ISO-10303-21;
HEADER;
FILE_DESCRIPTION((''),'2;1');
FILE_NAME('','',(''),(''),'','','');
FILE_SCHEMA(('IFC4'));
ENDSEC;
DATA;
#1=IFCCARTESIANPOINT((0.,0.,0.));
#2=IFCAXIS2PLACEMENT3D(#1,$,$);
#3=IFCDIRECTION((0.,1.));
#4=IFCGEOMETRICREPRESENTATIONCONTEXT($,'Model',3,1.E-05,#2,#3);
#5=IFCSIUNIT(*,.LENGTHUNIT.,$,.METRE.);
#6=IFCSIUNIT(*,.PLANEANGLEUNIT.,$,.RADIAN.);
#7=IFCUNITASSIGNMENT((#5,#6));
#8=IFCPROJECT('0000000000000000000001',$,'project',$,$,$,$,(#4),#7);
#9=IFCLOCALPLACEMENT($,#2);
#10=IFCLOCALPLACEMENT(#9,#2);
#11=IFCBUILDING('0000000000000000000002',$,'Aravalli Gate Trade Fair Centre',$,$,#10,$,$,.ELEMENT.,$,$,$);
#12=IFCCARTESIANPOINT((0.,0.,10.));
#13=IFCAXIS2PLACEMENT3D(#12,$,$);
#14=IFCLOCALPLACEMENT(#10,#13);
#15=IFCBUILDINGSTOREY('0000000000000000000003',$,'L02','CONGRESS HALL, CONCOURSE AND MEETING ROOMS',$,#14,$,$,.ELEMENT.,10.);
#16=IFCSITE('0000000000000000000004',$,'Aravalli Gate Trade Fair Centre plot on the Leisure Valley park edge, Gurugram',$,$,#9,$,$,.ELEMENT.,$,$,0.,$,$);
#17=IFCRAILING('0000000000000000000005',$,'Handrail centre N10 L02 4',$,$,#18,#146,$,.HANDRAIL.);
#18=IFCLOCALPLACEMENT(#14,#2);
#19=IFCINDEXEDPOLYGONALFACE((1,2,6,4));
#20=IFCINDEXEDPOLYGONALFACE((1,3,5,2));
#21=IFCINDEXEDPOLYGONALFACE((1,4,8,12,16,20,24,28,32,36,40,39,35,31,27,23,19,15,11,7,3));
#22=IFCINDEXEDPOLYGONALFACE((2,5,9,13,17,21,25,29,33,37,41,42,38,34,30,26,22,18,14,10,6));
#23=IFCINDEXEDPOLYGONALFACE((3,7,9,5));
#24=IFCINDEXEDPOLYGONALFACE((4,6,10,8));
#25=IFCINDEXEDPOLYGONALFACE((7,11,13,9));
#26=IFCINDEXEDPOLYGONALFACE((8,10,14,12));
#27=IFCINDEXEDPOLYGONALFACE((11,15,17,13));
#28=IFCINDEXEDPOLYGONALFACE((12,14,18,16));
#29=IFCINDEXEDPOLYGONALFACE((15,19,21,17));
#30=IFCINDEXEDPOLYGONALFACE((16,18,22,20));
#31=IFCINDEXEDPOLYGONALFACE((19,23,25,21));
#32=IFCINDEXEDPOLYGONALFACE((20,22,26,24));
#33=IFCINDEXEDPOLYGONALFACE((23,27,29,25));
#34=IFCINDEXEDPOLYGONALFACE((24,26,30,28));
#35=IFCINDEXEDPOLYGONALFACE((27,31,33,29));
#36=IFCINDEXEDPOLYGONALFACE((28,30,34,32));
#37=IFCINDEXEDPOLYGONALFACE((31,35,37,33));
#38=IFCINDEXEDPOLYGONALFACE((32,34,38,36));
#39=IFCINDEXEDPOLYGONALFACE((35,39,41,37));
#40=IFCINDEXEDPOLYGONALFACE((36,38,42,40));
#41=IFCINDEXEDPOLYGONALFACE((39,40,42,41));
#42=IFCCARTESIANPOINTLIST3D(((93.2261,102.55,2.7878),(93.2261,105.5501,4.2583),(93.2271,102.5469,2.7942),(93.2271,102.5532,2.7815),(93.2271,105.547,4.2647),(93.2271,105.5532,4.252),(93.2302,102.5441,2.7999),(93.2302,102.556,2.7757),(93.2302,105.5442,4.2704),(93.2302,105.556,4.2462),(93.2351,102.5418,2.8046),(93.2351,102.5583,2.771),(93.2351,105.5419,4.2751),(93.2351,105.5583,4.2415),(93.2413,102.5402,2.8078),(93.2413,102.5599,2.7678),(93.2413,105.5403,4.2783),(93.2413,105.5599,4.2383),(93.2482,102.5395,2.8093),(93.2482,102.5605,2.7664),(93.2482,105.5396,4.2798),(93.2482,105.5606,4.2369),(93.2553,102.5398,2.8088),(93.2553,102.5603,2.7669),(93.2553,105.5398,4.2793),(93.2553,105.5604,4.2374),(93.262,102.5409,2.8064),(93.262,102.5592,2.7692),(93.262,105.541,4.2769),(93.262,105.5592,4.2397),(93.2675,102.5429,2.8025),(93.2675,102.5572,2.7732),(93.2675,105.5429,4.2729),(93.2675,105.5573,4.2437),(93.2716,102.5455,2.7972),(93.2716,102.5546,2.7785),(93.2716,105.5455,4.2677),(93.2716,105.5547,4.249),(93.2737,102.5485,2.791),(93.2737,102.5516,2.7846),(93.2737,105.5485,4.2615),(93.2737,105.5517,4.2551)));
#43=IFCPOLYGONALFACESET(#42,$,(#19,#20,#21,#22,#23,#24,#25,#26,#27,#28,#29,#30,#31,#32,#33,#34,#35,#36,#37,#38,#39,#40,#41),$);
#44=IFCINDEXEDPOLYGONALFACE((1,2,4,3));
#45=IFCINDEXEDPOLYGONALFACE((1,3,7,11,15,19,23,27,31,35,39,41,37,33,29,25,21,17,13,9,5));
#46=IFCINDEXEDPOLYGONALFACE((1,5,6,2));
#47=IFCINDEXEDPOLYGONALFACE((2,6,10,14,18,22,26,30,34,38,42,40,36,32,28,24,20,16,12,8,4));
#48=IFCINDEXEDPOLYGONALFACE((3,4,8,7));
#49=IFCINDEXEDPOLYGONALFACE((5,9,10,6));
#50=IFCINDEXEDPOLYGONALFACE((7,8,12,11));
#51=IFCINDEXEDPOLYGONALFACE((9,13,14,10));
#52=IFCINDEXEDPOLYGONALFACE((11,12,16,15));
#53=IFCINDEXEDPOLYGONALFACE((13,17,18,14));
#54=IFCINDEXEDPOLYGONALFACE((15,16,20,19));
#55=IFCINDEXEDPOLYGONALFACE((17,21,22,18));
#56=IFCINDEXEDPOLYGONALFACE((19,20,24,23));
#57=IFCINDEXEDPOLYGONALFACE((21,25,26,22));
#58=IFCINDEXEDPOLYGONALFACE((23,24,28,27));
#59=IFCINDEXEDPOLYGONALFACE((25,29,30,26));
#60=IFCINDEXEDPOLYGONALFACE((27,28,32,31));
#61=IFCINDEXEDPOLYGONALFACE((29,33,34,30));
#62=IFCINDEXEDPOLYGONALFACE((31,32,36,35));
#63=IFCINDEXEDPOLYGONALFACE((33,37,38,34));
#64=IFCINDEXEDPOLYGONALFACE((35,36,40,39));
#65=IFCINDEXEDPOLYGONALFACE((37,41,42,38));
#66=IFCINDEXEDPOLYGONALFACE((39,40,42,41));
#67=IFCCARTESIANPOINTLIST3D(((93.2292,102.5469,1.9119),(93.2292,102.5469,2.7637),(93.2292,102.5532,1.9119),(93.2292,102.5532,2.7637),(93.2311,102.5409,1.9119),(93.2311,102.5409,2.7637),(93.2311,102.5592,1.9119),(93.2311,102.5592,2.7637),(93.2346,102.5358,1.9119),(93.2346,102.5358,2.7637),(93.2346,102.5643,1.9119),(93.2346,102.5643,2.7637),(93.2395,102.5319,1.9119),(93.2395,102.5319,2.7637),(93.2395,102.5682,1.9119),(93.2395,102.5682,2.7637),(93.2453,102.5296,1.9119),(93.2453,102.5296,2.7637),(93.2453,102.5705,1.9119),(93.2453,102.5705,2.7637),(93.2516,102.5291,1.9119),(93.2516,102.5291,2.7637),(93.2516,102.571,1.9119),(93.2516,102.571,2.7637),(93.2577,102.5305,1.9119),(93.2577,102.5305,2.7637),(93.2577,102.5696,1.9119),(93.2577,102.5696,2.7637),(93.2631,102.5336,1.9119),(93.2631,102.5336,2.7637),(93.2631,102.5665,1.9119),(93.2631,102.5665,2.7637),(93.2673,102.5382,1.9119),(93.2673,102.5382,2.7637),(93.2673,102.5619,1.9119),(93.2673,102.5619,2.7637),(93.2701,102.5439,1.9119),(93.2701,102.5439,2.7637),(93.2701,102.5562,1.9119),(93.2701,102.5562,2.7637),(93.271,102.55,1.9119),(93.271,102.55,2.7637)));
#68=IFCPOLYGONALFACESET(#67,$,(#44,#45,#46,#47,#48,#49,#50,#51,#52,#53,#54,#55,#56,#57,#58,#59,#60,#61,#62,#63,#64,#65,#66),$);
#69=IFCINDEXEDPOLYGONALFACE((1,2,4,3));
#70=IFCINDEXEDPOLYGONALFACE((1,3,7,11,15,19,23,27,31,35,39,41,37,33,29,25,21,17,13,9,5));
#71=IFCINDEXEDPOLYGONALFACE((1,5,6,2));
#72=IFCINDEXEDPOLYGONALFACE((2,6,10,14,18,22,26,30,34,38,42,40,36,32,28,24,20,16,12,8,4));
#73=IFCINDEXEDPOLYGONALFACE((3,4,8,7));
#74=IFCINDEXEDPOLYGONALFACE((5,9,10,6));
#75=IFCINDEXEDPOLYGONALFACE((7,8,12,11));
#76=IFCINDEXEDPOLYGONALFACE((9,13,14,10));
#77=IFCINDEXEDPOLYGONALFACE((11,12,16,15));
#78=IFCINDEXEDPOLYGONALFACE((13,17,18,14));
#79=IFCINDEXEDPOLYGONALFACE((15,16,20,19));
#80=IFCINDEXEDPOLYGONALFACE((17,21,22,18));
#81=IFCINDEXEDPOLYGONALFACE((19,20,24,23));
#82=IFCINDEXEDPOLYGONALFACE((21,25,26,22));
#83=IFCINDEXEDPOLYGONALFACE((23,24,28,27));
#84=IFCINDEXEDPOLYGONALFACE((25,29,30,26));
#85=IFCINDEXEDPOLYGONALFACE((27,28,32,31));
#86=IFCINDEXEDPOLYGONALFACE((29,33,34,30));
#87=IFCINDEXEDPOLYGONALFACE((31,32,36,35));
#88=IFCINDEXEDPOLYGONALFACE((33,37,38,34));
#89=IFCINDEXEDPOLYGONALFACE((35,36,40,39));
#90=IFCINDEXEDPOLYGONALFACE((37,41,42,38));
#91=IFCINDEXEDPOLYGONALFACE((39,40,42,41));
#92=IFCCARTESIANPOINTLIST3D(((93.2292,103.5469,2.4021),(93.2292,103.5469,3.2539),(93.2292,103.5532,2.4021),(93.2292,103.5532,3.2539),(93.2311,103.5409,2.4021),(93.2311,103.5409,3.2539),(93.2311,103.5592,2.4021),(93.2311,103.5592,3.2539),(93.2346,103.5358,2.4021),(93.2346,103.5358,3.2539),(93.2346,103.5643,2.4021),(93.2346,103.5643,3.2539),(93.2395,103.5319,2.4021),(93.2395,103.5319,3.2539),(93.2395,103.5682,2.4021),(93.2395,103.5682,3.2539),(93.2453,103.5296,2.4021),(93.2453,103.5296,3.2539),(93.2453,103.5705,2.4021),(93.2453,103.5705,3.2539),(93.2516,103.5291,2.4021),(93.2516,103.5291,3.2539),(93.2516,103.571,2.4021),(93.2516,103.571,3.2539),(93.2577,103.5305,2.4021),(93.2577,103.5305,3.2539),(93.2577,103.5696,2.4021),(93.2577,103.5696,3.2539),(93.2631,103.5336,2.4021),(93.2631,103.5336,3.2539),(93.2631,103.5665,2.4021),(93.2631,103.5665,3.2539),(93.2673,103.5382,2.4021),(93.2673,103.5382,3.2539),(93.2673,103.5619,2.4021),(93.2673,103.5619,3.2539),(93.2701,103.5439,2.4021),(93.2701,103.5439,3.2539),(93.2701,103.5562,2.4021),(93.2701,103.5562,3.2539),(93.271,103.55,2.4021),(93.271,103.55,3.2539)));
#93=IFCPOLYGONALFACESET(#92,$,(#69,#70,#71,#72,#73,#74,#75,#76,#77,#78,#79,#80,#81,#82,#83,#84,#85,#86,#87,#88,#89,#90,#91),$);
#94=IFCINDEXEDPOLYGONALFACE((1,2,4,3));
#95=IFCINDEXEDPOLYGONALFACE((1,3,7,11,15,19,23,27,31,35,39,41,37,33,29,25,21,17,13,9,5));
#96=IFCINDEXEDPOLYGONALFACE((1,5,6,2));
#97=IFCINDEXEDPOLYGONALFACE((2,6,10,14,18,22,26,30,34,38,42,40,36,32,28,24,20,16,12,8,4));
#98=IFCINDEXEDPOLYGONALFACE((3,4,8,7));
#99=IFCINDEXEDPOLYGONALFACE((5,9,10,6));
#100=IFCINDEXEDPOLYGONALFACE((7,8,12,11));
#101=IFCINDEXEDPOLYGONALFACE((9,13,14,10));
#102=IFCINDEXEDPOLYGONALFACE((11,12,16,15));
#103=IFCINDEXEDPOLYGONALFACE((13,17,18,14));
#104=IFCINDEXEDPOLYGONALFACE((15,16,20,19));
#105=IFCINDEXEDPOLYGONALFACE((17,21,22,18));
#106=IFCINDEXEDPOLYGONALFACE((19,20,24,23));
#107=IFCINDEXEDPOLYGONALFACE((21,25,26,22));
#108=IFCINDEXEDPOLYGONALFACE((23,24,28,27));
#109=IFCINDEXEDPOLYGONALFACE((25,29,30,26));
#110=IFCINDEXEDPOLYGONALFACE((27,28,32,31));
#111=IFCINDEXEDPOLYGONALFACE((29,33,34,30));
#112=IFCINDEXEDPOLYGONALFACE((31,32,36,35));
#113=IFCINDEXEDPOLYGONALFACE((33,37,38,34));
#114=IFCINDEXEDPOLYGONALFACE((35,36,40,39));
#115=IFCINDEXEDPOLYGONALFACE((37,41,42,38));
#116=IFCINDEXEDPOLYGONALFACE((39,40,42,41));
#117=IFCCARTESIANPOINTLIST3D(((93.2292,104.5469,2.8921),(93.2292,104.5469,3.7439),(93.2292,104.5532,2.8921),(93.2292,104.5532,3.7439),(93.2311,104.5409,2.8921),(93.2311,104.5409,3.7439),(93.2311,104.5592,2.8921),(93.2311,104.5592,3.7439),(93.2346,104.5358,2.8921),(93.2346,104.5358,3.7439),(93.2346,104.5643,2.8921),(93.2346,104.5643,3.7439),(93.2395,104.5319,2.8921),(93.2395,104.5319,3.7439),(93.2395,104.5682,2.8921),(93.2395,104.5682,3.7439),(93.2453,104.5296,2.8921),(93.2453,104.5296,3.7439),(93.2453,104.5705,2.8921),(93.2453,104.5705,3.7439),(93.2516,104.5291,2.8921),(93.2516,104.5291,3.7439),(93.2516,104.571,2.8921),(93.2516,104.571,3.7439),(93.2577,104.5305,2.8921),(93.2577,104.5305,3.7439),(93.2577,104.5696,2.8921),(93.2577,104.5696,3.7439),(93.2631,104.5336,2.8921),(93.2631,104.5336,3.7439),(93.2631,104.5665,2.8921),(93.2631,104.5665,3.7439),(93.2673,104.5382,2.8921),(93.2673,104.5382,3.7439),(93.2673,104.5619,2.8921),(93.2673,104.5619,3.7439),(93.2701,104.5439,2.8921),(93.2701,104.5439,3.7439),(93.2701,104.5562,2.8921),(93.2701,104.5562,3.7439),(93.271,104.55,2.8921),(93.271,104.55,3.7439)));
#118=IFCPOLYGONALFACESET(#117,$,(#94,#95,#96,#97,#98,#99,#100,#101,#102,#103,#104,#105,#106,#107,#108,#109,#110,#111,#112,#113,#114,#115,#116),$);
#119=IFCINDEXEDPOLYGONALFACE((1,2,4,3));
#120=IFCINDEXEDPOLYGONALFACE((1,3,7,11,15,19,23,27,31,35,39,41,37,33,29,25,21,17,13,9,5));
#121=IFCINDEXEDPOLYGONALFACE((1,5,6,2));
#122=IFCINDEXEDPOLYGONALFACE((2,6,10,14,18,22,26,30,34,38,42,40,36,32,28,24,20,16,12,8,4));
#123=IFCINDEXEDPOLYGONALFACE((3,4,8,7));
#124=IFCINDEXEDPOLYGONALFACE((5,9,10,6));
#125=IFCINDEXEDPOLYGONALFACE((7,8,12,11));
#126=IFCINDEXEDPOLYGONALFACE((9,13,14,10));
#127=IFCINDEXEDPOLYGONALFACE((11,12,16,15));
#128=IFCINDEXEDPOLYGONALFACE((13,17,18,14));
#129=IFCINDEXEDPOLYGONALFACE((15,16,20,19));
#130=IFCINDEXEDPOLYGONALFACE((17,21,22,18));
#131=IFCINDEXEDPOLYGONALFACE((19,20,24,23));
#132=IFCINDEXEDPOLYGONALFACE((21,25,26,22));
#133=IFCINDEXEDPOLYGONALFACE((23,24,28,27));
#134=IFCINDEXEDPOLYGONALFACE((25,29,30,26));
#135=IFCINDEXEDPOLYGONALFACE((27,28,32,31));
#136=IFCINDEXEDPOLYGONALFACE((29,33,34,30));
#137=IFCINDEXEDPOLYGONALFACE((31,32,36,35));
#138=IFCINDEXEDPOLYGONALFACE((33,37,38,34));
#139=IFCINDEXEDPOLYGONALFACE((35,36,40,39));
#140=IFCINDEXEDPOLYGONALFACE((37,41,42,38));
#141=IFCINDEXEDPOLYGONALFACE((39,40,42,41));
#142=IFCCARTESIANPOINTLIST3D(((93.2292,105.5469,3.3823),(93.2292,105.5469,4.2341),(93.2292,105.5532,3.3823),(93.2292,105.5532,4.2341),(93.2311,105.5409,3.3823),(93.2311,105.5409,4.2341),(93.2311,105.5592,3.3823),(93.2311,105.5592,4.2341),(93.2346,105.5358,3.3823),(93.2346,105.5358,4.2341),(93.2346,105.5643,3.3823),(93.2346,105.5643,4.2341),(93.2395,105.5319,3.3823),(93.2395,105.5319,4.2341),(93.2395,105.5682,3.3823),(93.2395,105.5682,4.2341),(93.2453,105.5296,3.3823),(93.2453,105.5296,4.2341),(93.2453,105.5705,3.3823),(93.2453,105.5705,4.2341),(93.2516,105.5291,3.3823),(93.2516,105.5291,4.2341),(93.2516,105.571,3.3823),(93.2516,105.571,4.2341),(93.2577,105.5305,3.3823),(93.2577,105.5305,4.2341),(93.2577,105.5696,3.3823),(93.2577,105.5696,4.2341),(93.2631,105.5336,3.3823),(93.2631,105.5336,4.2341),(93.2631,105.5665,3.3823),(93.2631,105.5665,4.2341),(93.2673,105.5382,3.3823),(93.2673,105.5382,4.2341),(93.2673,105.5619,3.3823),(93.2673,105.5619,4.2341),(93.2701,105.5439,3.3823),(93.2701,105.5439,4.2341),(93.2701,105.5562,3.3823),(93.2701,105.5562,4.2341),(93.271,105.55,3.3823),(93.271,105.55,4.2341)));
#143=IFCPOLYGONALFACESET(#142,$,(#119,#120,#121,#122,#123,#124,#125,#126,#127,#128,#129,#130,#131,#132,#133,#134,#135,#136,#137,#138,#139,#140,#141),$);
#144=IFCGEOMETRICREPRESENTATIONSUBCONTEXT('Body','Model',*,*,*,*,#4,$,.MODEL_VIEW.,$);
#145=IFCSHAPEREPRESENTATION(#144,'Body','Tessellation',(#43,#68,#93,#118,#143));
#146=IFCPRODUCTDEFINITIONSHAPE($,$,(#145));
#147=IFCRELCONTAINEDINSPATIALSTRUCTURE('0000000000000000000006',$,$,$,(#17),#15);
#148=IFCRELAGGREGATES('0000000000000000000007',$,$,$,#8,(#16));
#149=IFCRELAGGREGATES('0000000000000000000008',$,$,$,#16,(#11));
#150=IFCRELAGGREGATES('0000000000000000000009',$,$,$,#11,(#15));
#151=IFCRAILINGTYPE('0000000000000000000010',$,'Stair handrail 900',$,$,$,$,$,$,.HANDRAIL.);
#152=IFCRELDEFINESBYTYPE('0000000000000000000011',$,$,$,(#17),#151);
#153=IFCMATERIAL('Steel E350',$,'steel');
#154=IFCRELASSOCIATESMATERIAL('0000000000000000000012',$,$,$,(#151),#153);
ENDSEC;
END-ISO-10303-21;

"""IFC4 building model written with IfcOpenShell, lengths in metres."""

from ifc_helpers import new_model, si_unit, direction, frame, origin, origin_2d, place, context, subcontext, project, spatial, circle, extrude, material, type_object, element, save


model = new_model("IFC4")

# Units and contexts
model_context = context("Model", 3, precision=1e-05, world=origin(), true_north=direction((0.0, 1.0)))
body_context = subcontext(model_context, "Body", "Model", "MODEL_VIEW")
ifc_project = project(units=[si_unit("LENGTHUNIT", "METRE"), si_unit("PLANEANGLEUNIT", "RADIAN")], contexts=[model_context])

# Site, building, storey
site_placement = place(None, origin())
site = spatial("IfcSite", under=ifc_project, at=site_placement, Name="Aravalli Gate Trade Fair Centre plot on the Leisure Valley park edge, Gurugram", CompositionType="ELEMENT", RefElevation=0.0)
building_placement = place(site_placement, origin())
building = spatial("IfcBuilding", under=site, at=building_placement, Name="Aravalli Gate Trade Fair Centre", CompositionType="ELEMENT")
storey_placement = place(building_placement, frame((0.0, 0.0, 10.0)))
storey = spatial("IfcBuildingStorey", under=building, at=storey_placement, Name="L02", Description="CONGRESS HALL, CONCOURSE AND MEETING ROOMS", CompositionType="ELEMENT", Elevation=10.0)

# Shared definitions
ifc_material_1 = material(Name="Steel E350", Category="steel")

# Railing
railing_type_1 = type_object("IfcRailingType", Name="Stair handrail 900", PredefinedType="HANDRAIL", material=ifc_material_1)
for number, where, name in (
    (1, (93.25, 102.55, 1.9119), "Handrail centre N10 L02 4"),
):
    element("IfcRailing", number, at=place(storey_placement, frame(where)), inside=storey, type_object=railing_type_1, Name=name, PredefinedType="HANDRAIL", context=body_context, shape_type="SweptSolid", body=[
        extrude(circle(Radius=0.0239, at=origin_2d()), frame((0.0, 0.0, 0.876), z_axis=(0.0, 0.897936, 0.440126), x_axis=(-1.0, 0.0, 0.0)), (0.0, 0.0, 1.0), 3.3411),
        extrude(circle(Radius=0.021, at=origin_2d()), origin(), (0.0, 0.0, 1.0), 0.8518),
        extrude(circle(Radius=0.021, at=origin_2d()), frame((0.0, 1.0, 0.4902)), (0.0, 0.0, 1.0), 0.8518),
        extrude(circle(Radius=0.021, at=origin_2d()), frame((0.0, 2.0, 0.9802)), (0.0, 0.0, 1.0), 0.8518),
        extrude(circle(Radius=0.021, at=origin_2d()), frame((0.0, 3.0, 1.4705)), (0.0, 0.0, 1.0), 0.8518),
    ])

save(model, "model.ifc")
